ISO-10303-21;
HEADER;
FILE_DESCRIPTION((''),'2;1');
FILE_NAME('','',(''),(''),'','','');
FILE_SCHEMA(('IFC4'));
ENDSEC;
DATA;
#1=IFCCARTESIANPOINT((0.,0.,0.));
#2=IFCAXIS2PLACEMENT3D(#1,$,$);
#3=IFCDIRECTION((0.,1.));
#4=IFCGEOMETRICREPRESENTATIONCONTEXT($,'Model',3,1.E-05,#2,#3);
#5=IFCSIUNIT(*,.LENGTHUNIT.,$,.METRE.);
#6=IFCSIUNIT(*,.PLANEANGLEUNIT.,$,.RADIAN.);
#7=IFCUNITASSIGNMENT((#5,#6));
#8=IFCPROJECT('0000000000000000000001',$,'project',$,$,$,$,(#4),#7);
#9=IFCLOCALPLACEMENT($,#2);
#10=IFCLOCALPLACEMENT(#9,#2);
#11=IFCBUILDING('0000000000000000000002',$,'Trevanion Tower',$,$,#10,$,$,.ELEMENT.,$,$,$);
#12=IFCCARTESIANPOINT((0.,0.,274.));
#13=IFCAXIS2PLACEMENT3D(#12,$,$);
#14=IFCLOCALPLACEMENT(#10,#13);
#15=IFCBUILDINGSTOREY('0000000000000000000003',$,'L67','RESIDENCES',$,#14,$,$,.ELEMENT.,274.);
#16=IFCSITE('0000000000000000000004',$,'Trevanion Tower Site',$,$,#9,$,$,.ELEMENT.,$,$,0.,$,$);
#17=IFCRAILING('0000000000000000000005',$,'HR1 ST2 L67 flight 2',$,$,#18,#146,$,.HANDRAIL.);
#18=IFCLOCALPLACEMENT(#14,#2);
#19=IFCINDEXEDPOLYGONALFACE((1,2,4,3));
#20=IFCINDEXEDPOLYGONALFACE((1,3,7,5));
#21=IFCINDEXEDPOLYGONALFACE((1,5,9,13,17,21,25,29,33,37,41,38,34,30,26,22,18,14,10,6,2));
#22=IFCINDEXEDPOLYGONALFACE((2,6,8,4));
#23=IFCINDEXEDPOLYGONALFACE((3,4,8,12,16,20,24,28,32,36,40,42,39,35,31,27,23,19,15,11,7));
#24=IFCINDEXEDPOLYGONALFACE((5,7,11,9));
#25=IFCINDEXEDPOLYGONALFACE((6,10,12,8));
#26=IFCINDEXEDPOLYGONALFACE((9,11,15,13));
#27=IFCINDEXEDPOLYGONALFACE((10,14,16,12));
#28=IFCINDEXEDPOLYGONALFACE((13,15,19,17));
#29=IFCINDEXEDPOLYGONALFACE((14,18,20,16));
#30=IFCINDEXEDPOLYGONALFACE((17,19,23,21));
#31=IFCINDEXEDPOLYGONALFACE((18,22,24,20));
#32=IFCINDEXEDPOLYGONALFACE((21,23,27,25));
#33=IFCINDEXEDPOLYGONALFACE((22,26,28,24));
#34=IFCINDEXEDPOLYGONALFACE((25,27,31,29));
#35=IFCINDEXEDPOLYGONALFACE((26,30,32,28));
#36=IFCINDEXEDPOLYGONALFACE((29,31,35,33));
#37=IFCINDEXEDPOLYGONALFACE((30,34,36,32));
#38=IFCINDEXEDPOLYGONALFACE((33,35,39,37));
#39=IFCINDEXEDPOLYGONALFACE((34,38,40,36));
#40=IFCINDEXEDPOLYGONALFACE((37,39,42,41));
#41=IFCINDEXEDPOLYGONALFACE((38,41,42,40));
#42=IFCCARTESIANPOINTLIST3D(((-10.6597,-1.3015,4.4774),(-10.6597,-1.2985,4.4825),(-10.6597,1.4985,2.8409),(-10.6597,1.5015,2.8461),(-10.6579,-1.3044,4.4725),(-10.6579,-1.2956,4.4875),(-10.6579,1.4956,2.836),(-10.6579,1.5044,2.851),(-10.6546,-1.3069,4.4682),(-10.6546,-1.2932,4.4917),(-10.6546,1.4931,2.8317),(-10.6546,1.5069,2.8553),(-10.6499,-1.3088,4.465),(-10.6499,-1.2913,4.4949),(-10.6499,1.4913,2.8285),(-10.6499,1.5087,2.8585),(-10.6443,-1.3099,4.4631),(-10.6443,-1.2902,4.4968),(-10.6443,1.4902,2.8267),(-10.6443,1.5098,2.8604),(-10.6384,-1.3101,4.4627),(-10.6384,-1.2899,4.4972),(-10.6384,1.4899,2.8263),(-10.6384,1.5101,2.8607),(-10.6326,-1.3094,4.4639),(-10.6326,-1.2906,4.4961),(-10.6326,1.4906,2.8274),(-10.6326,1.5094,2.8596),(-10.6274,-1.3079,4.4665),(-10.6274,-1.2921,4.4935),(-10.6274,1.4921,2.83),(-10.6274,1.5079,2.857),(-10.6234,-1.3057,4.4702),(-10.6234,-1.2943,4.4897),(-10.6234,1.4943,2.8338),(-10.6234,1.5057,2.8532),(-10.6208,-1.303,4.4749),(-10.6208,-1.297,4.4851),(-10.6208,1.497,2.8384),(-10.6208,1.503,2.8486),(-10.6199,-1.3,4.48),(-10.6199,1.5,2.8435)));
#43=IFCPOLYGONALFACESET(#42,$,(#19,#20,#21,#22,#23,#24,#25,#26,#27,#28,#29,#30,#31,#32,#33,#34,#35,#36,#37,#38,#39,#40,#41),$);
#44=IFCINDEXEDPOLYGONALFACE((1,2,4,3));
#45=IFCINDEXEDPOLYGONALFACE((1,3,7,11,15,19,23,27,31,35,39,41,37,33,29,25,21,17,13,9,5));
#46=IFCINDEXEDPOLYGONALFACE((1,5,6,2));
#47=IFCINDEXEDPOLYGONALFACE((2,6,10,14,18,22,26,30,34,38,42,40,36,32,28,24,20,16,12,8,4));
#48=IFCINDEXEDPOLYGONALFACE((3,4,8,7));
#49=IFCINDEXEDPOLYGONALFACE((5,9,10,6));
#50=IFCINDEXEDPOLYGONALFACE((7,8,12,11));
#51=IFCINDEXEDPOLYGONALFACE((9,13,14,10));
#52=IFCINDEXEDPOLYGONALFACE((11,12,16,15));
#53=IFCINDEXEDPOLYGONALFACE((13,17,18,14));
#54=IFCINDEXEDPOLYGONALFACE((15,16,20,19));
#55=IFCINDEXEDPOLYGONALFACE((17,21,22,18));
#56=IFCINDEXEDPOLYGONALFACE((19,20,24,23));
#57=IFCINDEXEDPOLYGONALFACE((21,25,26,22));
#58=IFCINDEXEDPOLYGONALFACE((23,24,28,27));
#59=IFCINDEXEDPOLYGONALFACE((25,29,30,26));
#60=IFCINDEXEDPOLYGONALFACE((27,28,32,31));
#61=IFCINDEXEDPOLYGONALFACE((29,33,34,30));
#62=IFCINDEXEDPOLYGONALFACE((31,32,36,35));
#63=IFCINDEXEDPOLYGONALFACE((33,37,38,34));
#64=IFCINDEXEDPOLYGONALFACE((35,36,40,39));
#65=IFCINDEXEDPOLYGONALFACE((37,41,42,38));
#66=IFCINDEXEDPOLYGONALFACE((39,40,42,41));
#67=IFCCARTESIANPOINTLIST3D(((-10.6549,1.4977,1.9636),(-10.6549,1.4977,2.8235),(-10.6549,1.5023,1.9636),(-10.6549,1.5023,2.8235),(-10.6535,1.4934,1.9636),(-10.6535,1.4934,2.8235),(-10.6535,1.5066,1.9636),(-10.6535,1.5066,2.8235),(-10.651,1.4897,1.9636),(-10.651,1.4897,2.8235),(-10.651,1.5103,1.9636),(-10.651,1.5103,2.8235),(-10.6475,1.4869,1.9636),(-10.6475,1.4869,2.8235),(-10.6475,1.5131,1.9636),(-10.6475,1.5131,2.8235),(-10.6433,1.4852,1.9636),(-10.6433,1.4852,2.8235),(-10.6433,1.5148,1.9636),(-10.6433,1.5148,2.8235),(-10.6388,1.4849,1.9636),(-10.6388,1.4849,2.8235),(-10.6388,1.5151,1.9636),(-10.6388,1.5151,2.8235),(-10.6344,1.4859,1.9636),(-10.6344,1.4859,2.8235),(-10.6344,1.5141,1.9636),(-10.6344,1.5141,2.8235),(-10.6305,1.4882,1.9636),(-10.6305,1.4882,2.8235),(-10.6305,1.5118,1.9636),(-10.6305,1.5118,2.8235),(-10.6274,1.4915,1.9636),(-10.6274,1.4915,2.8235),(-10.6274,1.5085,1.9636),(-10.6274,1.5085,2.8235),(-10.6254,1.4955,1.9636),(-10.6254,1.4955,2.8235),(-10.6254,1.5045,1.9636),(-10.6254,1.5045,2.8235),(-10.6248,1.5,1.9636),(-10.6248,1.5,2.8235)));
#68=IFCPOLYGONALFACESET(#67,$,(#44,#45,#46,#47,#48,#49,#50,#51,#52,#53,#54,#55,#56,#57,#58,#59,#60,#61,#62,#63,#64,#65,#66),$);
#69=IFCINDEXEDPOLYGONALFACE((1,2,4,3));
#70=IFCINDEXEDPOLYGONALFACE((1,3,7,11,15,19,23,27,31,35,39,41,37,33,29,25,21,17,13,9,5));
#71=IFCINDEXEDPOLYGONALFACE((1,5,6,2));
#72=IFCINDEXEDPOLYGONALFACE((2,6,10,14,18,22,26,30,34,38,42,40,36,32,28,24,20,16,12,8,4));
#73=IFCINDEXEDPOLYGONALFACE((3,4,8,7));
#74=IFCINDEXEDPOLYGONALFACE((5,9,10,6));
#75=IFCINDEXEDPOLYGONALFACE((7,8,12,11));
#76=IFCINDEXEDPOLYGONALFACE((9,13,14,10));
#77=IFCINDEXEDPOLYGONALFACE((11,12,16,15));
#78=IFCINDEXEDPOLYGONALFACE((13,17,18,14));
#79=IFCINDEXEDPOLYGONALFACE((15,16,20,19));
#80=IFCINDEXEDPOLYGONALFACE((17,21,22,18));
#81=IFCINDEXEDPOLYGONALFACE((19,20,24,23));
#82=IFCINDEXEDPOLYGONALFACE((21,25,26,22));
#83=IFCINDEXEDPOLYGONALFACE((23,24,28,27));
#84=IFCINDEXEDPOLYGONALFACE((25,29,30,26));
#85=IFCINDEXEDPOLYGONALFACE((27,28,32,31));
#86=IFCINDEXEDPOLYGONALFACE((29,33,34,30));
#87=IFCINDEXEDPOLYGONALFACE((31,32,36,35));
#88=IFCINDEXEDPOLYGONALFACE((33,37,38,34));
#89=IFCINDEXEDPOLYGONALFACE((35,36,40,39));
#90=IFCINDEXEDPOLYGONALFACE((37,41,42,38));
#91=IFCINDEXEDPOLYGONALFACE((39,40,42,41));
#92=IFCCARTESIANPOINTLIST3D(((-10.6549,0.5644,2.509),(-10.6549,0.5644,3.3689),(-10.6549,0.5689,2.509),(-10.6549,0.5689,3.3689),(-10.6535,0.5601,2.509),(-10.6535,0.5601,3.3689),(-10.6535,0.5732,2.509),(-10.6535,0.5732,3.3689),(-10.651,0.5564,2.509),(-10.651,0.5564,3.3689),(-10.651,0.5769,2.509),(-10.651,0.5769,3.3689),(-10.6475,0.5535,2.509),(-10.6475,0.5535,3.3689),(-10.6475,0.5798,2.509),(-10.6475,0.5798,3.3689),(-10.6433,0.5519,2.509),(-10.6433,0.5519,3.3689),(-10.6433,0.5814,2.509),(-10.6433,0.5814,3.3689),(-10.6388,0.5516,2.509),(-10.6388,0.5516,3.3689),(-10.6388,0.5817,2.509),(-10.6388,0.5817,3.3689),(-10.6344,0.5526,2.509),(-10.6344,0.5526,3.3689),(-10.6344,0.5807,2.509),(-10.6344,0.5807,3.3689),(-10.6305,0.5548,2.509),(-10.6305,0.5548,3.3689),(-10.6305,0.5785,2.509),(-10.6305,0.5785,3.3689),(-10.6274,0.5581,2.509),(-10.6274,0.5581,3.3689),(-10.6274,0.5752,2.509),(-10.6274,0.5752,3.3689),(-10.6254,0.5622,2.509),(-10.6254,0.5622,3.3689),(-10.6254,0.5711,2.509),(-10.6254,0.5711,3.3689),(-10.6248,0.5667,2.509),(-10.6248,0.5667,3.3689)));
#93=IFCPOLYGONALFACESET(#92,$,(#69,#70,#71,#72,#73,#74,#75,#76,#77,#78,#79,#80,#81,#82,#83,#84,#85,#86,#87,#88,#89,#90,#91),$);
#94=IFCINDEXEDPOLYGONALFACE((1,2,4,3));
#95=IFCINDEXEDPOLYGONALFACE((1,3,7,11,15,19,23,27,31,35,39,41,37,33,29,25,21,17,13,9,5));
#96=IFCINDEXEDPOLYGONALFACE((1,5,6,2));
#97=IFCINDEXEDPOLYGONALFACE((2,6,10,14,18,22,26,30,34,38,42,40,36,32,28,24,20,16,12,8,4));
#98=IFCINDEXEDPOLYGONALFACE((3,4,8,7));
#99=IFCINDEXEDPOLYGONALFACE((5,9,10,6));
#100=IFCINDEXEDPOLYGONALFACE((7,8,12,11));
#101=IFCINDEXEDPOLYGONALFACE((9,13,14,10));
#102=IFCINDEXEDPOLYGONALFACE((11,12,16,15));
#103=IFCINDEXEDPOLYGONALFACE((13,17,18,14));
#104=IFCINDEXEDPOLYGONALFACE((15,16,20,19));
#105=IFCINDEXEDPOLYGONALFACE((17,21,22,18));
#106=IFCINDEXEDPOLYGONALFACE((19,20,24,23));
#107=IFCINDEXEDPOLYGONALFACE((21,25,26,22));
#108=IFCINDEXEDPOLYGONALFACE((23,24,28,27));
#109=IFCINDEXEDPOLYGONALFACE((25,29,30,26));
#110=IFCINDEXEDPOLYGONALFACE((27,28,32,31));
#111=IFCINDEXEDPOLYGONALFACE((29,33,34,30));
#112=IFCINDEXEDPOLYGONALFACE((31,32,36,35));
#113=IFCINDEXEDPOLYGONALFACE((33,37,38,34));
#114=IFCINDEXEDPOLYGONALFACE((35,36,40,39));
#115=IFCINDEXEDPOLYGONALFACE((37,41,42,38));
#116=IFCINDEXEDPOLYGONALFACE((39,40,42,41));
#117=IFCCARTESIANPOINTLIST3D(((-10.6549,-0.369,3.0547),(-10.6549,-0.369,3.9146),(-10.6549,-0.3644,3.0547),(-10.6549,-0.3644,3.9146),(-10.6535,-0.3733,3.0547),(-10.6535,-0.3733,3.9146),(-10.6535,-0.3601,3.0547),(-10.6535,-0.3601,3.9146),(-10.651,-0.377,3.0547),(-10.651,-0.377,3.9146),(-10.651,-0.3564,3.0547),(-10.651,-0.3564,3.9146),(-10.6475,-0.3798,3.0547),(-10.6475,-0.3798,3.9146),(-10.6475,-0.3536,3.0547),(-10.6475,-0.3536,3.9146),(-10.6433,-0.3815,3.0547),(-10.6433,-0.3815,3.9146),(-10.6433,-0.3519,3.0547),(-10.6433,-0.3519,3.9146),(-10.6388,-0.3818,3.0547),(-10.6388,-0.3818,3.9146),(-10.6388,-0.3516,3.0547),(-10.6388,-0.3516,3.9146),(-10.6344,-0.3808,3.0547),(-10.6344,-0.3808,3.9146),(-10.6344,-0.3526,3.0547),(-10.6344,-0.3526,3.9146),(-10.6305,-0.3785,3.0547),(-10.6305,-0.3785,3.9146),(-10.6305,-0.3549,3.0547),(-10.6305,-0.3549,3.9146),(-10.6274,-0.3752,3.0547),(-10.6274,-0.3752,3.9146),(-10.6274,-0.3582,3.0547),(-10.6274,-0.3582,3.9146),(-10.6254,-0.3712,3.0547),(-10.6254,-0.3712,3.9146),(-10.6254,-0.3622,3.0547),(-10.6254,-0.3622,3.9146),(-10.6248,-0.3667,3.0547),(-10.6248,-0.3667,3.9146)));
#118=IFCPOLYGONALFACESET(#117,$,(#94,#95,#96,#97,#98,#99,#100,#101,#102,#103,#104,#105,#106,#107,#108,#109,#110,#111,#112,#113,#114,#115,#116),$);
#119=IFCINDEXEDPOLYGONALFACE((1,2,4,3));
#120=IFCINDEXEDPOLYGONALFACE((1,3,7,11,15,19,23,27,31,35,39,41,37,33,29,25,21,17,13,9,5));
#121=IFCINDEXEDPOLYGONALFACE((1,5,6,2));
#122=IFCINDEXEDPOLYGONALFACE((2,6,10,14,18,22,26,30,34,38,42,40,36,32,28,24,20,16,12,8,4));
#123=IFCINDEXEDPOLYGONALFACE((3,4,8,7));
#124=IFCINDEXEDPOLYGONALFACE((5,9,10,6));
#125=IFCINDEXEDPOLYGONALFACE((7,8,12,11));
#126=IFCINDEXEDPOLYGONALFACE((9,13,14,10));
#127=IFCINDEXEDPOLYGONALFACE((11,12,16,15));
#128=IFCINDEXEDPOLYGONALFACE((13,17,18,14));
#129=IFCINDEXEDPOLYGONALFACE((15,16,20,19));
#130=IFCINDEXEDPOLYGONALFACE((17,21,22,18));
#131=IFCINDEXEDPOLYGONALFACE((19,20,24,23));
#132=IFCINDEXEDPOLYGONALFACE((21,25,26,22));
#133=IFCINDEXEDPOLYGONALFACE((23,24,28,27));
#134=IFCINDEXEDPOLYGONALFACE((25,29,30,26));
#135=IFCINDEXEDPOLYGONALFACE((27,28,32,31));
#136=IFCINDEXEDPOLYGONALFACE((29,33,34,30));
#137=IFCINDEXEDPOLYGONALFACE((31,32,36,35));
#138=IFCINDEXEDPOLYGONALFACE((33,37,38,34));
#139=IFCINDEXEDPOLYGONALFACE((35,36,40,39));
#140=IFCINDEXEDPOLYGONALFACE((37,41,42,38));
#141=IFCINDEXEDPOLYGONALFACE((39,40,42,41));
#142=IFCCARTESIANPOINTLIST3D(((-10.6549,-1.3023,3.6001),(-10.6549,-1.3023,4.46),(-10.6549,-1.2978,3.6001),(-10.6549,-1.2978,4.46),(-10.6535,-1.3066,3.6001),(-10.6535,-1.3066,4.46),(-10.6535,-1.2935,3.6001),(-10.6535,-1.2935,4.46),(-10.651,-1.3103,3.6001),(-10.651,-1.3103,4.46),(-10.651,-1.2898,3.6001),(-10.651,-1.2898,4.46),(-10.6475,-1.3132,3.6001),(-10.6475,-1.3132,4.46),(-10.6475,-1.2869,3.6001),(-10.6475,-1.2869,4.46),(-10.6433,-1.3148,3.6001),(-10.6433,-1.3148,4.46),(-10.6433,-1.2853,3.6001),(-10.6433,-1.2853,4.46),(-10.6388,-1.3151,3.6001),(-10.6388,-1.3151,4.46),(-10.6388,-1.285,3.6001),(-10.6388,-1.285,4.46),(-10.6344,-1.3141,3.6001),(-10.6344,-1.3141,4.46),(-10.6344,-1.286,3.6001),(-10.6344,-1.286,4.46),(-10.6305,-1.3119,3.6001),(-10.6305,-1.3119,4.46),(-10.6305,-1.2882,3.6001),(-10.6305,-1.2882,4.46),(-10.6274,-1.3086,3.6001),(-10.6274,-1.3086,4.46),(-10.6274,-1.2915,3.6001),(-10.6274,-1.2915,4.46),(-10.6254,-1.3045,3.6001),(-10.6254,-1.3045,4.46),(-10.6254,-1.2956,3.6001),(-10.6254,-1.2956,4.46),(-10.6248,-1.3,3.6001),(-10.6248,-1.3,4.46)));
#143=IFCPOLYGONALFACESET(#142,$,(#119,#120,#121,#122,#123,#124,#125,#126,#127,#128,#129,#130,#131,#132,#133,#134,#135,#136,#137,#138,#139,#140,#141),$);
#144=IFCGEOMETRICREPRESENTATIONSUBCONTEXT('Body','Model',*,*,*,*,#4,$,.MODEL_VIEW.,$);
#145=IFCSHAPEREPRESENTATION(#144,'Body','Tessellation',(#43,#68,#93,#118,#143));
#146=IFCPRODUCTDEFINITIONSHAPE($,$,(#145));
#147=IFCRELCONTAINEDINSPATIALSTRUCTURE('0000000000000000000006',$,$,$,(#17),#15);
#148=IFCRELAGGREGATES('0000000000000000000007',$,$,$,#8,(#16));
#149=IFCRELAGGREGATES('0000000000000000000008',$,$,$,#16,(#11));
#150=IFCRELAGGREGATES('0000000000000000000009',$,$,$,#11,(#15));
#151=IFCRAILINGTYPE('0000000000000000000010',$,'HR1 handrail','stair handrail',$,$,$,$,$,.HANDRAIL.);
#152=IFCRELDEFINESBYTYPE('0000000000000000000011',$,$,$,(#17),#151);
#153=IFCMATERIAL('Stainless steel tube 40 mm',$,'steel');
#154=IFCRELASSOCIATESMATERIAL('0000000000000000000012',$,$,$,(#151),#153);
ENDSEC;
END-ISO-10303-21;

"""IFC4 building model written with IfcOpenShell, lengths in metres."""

from ifc_helpers import new_model, si_unit, direction, frame, origin, origin_2d, place, context, subcontext, project, spatial, circle, extrude, material, type_object, element, save


model = new_model("IFC4")

# Units and contexts
model_context = context("Model", 3, precision=1e-05, world=origin(), true_north=direction((0.0, 1.0)))
body_context = subcontext(model_context, "Body", "Model", "MODEL_VIEW")
ifc_project = project(units=[si_unit("LENGTHUNIT", "METRE"), si_unit("PLANEANGLEUNIT", "RADIAN")], contexts=[model_context])

# Site, building, storey
site_placement = place(None, origin())
site = spatial("IfcSite", under=ifc_project, at=site_placement, Name="Trevanion Tower Site", CompositionType="ELEMENT", RefElevation=0.0)
building_placement = place(site_placement, origin())
building = spatial("IfcBuilding", under=site, at=building_placement, Name="Trevanion Tower", CompositionType="ELEMENT")
storey_placement = place(building_placement, frame((0.0, 0.0, 274.0)))
storey = spatial("IfcBuildingStorey", under=building, at=storey_placement, Name="L67", Description="RESIDENCES", CompositionType="ELEMENT", Elevation=274.0)

# Railing
ifc_material_1 = material(Name="Stainless steel tube 40 mm", Category="steel")
railing_type = type_object("IfcRailingType", Name="HR1 handrail", Description="stair handrail", PredefinedType="HANDRAIL", material=ifc_material_1)
for number, where, name in (
    (1, (-10.6399, 1.5, 1.9636), "HR1 ST2 L67 flight 2"),
):
    element("IfcRailing", number, at=place(storey_placement, frame(where)), inside=storey, type_object=railing_type, Name=name, PredefinedType="HANDRAIL", context=body_context, shape_type="SweptSolid", body=[
        extrude(circle(Radius=0.02, at=origin_2d()), frame((0.0, 0.0, 0.8799), z_axis=(0.0, -0.863361, 0.504587), x_axis=(1.0, 0.0, 0.0)), (0.0, 0.0, 1.0), 3.2432),
        extrude(circle(Radius=0.0151, at=origin_2d()), origin(), (0.0, 0.0, 1.0), 0.8599),
        extrude(circle(Radius=0.0151, at=origin_2d()), frame((0.0, -0.9333, 0.5454)), (0.0, 0.0, 1.0), 0.8599),
        extrude(circle(Radius=0.0151, at=origin_2d()), frame((0.0, -1.8667, 1.0911)), (0.0, 0.0, 1.0), 0.8599),
        extrude(circle(Radius=0.0151, at=origin_2d()), frame((0.0, -2.8, 1.6365)), (0.0, 0.0, 1.0), 0.8599),
    ])

save(model, "model.ifc")
